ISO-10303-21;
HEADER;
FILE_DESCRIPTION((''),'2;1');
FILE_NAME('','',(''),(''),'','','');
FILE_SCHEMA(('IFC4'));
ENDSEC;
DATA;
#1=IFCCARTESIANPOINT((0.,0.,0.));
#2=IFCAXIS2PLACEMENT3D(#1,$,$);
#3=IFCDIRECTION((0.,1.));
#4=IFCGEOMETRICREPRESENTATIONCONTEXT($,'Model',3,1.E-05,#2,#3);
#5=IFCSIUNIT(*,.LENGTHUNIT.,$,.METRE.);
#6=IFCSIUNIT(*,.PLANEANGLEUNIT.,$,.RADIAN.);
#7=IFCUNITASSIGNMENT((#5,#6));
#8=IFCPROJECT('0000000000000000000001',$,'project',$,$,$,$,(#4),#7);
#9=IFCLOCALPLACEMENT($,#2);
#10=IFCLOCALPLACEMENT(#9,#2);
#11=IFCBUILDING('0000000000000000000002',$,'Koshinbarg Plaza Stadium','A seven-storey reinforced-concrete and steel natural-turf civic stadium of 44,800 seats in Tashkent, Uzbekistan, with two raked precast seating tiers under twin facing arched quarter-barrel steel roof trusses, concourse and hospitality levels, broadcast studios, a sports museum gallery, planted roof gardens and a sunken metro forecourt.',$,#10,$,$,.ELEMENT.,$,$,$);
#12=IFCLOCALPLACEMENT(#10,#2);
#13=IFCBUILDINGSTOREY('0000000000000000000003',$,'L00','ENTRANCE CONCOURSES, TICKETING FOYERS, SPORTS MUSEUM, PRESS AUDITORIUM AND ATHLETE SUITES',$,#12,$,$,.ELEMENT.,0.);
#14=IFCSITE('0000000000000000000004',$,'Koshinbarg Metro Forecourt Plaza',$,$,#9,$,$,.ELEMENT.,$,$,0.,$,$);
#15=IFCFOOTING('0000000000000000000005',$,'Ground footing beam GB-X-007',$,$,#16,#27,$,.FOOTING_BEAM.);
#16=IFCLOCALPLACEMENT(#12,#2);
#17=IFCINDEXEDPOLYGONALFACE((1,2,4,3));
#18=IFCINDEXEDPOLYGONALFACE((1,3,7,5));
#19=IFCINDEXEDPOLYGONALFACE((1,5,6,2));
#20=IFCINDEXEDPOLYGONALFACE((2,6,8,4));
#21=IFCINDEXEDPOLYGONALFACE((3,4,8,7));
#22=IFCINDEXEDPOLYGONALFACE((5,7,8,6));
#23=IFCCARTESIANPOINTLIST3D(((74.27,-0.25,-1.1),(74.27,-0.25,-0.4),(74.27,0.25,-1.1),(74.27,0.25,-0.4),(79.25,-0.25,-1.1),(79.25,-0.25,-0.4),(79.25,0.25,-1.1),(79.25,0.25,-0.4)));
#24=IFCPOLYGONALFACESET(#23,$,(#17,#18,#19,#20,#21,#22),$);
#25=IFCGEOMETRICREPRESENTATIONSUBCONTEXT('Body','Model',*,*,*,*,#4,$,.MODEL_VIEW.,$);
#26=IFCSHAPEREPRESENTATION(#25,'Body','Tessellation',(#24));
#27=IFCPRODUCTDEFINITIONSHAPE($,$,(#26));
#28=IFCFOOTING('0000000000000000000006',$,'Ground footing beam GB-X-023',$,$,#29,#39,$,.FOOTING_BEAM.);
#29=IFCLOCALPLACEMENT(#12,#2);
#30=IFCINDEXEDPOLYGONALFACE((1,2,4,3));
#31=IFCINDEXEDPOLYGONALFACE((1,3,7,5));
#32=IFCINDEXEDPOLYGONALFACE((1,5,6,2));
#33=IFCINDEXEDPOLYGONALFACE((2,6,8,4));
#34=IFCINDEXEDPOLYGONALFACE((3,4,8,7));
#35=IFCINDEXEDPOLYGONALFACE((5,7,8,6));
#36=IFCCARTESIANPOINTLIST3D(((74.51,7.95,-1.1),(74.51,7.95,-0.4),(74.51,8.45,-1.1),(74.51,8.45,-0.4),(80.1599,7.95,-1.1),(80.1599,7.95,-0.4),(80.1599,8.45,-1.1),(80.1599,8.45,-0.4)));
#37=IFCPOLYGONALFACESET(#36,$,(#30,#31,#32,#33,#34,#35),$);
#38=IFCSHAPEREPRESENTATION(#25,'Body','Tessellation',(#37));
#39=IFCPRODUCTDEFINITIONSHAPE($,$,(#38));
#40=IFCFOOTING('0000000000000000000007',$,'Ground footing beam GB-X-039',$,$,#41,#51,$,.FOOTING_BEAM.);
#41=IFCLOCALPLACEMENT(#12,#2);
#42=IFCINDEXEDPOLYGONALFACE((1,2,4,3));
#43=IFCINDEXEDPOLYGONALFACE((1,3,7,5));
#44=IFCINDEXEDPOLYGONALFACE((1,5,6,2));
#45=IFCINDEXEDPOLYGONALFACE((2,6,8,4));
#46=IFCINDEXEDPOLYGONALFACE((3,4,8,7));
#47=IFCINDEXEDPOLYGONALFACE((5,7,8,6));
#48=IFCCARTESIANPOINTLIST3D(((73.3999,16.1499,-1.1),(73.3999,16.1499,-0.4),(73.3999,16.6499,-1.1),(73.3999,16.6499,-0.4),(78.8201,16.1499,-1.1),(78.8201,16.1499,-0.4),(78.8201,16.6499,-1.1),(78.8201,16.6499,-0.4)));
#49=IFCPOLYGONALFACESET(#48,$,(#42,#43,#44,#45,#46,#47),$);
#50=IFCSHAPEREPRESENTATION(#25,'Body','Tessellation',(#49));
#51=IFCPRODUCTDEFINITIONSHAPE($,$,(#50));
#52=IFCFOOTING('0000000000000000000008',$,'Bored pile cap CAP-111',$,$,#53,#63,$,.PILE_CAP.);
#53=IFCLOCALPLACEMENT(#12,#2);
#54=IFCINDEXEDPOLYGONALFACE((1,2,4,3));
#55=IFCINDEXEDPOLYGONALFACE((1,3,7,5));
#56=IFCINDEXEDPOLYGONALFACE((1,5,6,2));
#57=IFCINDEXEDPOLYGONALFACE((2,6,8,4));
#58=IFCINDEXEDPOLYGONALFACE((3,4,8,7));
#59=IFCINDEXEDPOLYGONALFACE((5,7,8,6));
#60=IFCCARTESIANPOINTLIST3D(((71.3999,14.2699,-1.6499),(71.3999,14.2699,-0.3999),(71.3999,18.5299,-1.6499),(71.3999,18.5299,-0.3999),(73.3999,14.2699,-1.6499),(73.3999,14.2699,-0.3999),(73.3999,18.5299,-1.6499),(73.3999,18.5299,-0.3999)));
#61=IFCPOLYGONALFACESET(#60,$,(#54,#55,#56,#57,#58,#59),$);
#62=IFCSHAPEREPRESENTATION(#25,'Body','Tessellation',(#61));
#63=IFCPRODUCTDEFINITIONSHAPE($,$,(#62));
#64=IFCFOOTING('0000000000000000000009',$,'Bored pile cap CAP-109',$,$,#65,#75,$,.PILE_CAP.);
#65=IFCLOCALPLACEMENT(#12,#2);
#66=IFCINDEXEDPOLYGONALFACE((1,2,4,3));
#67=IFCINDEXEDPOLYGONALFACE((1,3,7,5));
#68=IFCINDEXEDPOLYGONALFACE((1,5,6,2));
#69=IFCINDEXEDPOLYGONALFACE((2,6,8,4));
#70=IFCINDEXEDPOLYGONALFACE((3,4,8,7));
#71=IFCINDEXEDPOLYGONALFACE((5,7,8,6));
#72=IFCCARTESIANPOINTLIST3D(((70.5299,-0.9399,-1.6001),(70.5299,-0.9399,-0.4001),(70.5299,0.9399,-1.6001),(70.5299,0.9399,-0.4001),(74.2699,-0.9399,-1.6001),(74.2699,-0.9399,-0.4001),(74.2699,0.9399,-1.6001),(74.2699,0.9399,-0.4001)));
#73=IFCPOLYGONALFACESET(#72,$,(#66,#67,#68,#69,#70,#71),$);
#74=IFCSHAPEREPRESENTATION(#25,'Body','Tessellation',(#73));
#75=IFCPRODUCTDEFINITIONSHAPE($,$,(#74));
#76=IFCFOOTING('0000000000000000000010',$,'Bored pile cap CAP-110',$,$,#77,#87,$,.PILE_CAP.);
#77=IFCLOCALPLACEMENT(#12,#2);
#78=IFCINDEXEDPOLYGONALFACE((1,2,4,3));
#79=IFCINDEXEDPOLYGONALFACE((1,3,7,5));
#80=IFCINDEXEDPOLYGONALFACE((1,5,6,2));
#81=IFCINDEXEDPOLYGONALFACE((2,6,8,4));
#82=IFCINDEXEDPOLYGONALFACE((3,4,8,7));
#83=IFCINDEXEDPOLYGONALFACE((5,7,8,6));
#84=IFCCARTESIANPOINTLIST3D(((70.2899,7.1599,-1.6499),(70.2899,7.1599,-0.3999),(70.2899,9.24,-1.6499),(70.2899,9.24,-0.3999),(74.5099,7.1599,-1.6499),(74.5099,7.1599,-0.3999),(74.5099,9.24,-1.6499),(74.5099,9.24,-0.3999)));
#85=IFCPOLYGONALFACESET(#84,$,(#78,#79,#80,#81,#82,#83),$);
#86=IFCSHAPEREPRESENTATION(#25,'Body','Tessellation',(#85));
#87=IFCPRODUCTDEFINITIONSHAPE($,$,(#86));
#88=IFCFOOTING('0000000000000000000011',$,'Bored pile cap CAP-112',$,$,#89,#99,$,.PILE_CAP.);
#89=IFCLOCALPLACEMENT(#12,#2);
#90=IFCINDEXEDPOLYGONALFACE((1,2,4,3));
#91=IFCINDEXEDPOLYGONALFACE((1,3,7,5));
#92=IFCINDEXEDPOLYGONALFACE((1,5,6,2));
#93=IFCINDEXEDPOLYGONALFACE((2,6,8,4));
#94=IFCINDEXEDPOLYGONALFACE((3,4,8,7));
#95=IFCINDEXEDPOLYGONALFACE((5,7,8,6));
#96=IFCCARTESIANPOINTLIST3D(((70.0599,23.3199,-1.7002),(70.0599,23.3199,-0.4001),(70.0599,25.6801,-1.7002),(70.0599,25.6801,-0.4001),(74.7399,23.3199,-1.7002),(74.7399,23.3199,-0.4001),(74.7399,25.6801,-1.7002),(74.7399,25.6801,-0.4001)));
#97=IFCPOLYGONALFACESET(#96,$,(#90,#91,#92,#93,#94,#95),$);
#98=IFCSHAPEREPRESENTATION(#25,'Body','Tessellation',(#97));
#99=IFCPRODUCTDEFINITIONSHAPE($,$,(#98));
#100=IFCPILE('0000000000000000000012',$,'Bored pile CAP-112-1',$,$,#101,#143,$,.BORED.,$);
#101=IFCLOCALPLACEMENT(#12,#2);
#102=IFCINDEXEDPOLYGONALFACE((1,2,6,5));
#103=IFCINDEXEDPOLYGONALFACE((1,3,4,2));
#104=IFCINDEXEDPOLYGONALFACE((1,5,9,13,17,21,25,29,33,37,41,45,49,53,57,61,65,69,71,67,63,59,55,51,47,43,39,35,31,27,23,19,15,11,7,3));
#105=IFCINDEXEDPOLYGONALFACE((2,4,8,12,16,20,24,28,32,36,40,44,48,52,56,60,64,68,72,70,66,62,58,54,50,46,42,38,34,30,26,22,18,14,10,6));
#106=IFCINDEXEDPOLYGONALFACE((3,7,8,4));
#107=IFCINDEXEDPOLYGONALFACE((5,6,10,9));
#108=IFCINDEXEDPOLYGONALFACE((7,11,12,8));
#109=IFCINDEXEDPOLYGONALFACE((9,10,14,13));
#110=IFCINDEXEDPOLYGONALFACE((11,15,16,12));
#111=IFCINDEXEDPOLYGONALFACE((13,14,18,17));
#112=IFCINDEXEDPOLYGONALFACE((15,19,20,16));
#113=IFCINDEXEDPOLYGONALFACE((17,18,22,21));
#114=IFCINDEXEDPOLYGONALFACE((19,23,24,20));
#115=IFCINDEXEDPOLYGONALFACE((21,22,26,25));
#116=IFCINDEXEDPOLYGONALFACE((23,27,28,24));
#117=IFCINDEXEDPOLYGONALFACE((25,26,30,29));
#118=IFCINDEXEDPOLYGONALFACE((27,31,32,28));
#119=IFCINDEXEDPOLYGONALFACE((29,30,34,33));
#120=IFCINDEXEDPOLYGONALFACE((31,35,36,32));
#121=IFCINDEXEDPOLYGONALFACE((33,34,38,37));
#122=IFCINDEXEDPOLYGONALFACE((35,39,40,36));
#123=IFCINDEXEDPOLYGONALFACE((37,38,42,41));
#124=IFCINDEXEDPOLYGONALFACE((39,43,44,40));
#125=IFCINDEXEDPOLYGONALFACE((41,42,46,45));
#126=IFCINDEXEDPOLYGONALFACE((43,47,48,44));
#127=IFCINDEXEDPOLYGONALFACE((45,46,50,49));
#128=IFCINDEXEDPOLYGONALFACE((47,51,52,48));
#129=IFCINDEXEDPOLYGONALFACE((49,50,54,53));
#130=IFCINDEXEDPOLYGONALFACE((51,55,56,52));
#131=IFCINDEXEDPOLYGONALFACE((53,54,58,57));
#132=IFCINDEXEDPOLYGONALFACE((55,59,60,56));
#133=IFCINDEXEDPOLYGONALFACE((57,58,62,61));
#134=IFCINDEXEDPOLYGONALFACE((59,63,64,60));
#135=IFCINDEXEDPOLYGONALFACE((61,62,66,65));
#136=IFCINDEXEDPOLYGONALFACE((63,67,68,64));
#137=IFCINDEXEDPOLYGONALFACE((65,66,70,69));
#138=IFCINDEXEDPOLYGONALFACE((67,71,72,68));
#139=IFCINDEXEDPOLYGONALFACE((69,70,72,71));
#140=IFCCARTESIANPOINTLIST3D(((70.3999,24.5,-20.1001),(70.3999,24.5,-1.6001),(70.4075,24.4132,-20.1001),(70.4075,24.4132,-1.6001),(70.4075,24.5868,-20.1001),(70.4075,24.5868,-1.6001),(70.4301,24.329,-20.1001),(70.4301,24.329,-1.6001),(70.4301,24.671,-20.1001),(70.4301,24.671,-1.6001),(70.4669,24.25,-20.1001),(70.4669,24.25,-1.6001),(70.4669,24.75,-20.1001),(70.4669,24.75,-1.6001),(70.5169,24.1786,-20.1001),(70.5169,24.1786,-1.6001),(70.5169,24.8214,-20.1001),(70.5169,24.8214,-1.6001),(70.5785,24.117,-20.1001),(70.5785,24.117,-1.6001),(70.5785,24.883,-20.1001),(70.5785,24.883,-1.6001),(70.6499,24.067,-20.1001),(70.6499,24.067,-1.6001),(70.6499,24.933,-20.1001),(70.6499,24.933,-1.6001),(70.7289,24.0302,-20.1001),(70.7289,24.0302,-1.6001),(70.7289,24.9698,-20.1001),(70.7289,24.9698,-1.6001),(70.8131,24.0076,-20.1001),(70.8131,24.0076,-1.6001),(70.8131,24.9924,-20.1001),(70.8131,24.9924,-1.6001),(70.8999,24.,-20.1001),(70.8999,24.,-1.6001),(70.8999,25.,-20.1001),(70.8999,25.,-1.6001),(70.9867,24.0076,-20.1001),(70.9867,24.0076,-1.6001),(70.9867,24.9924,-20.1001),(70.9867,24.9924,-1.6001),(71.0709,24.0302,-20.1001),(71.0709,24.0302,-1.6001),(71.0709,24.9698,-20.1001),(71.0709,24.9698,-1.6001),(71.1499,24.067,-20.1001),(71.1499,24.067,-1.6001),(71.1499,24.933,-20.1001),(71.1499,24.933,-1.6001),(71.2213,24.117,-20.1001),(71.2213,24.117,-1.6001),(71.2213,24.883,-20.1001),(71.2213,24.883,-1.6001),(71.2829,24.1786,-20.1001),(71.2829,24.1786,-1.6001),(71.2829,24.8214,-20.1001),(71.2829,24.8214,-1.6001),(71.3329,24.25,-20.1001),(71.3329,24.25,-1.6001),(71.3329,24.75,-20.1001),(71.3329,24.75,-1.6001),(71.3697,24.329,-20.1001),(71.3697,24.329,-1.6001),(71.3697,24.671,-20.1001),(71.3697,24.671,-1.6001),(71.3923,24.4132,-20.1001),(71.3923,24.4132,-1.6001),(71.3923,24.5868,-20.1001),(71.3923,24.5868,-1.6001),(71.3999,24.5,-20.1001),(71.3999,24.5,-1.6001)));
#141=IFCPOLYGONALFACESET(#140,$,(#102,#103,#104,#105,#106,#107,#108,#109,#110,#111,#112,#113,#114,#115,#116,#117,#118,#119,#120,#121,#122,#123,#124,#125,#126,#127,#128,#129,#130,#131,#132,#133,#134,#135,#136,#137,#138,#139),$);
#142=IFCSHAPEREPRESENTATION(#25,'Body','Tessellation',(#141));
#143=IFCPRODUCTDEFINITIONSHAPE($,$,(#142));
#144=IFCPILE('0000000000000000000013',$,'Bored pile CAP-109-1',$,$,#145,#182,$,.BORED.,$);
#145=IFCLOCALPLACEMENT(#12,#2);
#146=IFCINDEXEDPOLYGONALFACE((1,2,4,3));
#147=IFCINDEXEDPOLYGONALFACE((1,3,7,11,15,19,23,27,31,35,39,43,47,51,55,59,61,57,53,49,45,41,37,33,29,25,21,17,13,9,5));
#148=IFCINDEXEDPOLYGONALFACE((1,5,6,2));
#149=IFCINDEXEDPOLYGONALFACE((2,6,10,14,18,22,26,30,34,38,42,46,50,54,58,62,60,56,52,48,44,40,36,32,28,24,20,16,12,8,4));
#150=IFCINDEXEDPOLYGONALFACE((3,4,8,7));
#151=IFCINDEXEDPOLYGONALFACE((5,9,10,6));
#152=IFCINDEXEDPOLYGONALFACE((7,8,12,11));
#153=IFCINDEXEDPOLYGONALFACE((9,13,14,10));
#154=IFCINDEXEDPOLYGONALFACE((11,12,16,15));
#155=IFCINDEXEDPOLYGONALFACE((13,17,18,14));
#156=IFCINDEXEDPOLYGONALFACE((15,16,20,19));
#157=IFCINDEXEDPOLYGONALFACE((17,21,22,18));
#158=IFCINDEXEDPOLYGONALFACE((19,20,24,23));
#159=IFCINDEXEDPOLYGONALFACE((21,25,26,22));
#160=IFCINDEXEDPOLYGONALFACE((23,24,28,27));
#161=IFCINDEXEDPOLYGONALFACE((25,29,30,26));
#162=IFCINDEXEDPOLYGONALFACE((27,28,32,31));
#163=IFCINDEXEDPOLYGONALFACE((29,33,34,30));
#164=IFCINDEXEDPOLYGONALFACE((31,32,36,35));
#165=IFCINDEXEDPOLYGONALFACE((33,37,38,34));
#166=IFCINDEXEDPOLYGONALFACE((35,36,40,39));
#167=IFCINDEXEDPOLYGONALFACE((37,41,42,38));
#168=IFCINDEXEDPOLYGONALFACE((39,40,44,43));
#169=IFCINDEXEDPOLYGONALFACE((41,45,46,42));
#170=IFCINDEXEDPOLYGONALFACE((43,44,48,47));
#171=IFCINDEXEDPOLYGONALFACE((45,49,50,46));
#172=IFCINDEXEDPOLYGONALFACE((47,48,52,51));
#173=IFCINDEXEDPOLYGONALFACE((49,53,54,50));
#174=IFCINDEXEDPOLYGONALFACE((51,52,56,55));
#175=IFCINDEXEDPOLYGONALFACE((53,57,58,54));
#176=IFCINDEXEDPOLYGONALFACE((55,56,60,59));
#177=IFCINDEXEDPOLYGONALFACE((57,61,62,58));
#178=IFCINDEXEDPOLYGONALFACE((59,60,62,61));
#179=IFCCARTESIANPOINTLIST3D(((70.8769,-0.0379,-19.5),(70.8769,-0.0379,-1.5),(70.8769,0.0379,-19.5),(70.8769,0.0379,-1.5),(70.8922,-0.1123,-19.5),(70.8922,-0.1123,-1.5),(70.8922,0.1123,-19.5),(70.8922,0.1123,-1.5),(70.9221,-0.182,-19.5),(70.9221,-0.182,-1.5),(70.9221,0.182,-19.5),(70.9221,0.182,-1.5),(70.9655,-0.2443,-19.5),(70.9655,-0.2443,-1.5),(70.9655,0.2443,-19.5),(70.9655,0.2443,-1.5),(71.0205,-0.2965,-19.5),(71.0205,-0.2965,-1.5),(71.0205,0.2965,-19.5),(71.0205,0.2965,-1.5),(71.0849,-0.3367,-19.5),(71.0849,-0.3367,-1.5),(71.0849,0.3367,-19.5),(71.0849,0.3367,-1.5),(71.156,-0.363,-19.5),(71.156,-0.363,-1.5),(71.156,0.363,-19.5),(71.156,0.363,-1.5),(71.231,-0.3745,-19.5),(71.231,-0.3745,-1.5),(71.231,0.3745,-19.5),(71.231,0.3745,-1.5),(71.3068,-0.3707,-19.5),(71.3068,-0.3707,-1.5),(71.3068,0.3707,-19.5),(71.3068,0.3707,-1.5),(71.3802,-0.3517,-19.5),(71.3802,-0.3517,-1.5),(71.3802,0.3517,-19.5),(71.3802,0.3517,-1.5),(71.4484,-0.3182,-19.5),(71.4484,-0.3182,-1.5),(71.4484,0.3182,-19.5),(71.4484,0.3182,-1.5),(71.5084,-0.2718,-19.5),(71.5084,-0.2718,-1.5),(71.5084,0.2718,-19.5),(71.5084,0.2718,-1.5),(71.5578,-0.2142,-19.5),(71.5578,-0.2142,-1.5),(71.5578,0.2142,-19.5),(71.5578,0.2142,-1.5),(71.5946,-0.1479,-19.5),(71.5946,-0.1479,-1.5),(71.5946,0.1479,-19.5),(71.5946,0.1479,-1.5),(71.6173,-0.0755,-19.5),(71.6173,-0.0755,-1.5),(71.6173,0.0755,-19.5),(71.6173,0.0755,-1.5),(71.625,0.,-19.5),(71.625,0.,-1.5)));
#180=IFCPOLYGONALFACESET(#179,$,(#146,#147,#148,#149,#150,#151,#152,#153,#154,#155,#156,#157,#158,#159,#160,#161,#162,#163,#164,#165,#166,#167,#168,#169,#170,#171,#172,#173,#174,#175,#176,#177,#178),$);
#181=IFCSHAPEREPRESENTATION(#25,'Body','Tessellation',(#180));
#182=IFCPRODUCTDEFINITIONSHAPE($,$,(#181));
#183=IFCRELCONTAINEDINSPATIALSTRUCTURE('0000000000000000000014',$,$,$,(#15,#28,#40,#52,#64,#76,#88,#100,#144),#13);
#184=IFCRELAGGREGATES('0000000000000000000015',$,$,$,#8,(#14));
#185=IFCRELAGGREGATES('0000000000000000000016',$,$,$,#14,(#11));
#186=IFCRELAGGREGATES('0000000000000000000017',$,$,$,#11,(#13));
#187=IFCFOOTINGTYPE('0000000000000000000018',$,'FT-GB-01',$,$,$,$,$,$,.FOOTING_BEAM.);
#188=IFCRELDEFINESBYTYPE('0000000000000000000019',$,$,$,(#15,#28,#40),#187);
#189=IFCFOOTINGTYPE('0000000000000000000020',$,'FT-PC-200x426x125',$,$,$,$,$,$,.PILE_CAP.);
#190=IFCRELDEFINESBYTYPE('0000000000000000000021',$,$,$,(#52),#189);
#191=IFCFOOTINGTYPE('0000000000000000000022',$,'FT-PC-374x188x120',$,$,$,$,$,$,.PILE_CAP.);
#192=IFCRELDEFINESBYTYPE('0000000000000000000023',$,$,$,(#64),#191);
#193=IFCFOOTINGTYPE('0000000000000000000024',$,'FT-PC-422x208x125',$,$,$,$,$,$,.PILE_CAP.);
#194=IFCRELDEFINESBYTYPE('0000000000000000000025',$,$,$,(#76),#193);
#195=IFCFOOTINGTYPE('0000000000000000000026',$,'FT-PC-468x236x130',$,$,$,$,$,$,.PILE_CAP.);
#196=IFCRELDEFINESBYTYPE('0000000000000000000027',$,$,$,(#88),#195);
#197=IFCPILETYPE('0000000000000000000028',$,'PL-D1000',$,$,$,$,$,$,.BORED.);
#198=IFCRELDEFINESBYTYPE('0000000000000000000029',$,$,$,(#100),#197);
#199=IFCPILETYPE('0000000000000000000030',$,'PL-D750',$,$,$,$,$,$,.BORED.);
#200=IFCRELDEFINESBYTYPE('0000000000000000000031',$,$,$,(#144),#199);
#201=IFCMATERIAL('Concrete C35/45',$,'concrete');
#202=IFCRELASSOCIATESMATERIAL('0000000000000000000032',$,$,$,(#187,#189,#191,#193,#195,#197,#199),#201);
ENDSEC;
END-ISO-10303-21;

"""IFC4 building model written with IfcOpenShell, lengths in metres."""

from ifc_helpers import new_model, si_unit, direction, frame, origin, origin_2d, place, context, subcontext, project, spatial, rectangle, circle, extrude, material, material_profile, profile_set, type_object, element, save


model = new_model("IFC4")

# Units and contexts
model_context = context("Model", 3, precision=1e-05, world=origin(), true_north=direction((0.0, 1.0)))
body_context = subcontext(model_context, "Body", "Model", "MODEL_VIEW")
ifc_project = project(units=[si_unit("LENGTHUNIT", "METRE"), si_unit("PLANEANGLEUNIT", "RADIAN")], contexts=[model_context])

# Site, building, storey
site_placement = place(None, origin())
site = spatial("IfcSite", under=ifc_project, at=site_placement, Name="Koshinbarg Metro Forecourt Plaza", CompositionType="ELEMENT", RefElevation=0.0)
building_placement = place(site_placement, origin())
building = spatial("IfcBuilding", under=site, at=building_placement, Name="Koshinbarg Plaza Stadium", Description="A seven-storey reinforced-concrete and steel natural-turf civic stadium of 44,800 seats in Tashkent, Uzbekistan, with two raked precast seating tiers under twin facing arched quarter-barrel steel roof trusses, concourse and hospitality levels, broadcast studios, a sports museum gallery, planted roof gardens and a sunken metro forecourt.", CompositionType="ELEMENT")
storey_placement = place(building_placement, origin())
storey = spatial("IfcBuildingStorey", under=building, at=storey_placement, Name="L00", Description="ENTRANCE CONCOURSES, TICKETING FOYERS, SPORTS MUSEUM, PRESS AUDITORIUM AND ATHLETE SUITES", CompositionType="ELEMENT", Elevation=0.0)

# Footings
ifc_material_1 = material(Name="Concrete C35/45", Category="concrete")
ifc_material_profile_1 = material_profile(ifc_material_1, rectangle(XDim=0.5, YDim=0.7, at=origin_2d()), Name="GB 500x700")
ifc_profile_set_1 = profile_set([ifc_material_profile_1], Name="Concrete C35/45")
footing_type_1 = type_object("IfcFootingType", Name="FT-GB-01", PredefinedType="FOOTING_BEAM", material=ifc_profile_set_1)
footing_1_placement = place(storey_placement, frame((74.27, 0.0, -0.75), z_axis=(1.0, 0.0, 0.0), x_axis=(0.0, 1.0, 0.0)))
element("IfcFooting", 1, at=footing_1_placement, inside=storey, type_object=footing_type_1, Name="Ground footing beam GB-X-007", PredefinedType="FOOTING_BEAM", context=body_context, shape_type="SweptSolid", body=[
    extrude(rectangle(XDim=0.5, YDim=0.7, at=origin_2d()), origin(), (0.0, 0.0, 1.0), 4.98),
])
footing_2_placement = place(storey_placement, frame((74.51, 8.2, -0.75), z_axis=(1.0, 0.0, 0.0), x_axis=(0.0, 1.0, 0.0)))
element("IfcFooting", 2, at=footing_2_placement, inside=storey, type_object=footing_type_1, Name="Ground footing beam GB-X-023", PredefinedType="FOOTING_BEAM", context=body_context, shape_type="SweptSolid", body=[
    extrude(rectangle(XDim=0.5, YDim=0.7, at=origin_2d()), origin(), (0.0, 0.0, 1.0), 5.6499),
])
footing_3_placement = place(storey_placement, frame((73.3999, 16.3999, -0.75), z_axis=(1.0, 0.0, 0.0), x_axis=(0.0, 1.0, 0.0)))
element("IfcFooting", 3, at=footing_3_placement, inside=storey, type_object=footing_type_1, Name="Ground footing beam GB-X-039", PredefinedType="FOOTING_BEAM", context=body_context, shape_type="SweptSolid", body=[
    extrude(rectangle(XDim=0.5, YDim=0.7, at=origin_2d()), origin(), (0.0, 0.0, 1.0), 5.4202),
])
footing_type_2 = type_object("IfcFootingType", Name="FT-PC-200x426x125", PredefinedType="PILE_CAP", material=ifc_material_1)
footing_4_placement = place(storey_placement, frame((72.3999, 16.3999, -1.6499), z_axis=(0.0, 0.0, 1.0), x_axis=(1.0, 0.0, 0.0)))
element("IfcFooting", 4, at=footing_4_placement, inside=storey, type_object=footing_type_2, Name="Bored pile cap CAP-111", PredefinedType="PILE_CAP", context=body_context, shape_type="SweptSolid", body=[
    extrude(rectangle(XDim=2.0, YDim=4.26, at=origin_2d()), origin(), (0.0, 0.0, 1.0), 1.25),
])
footing_type_3 = type_object("IfcFootingType", Name="FT-PC-374x188x120", PredefinedType="PILE_CAP", material=ifc_material_1)
footing_5_placement = place(storey_placement, frame((72.3999, 0.0, -1.6001), z_axis=(0.0, 0.0, 1.0), x_axis=(1.0, 0.0, 0.0)))
element("IfcFooting", 5, at=footing_5_placement, inside=storey, type_object=footing_type_3, Name="Bored pile cap CAP-109", PredefinedType="PILE_CAP", context=body_context, shape_type="SweptSolid", body=[
    extrude(rectangle(XDim=3.74, YDim=1.8799, at=origin_2d()), origin(), (0.0, 0.0, 1.0), 1.2),
])
footing_type_4 = type_object("IfcFootingType", Name="FT-PC-422x208x125", PredefinedType="PILE_CAP", material=ifc_material_1)
footing_6_placement = place(storey_placement, frame((72.3999, 8.2, -1.6499), z_axis=(0.0, 0.0, 1.0), x_axis=(1.0, 0.0, 0.0)))
element("IfcFooting", 6, at=footing_6_placement, inside=storey, type_object=footing_type_4, Name="Bored pile cap CAP-110", PredefinedType="PILE_CAP", context=body_context, shape_type="SweptSolid", body=[
    extrude(rectangle(XDim=4.22, YDim=2.0801, at=origin_2d()), origin(), (0.0, 0.0, 1.0), 1.25),
])
footing_type_5 = type_object("IfcFootingType", Name="FT-PC-468x236x130", PredefinedType="PILE_CAP", material=ifc_material_1)
footing_7_placement = place(storey_placement, frame((72.3999, 24.5, -1.7002), z_axis=(0.0, 0.0, 1.0), x_axis=(1.0, 0.0, 0.0)))
element("IfcFooting", 7, at=footing_7_placement, inside=storey, type_object=footing_type_5, Name="Bored pile cap CAP-112", PredefinedType="PILE_CAP", context=body_context, shape_type="SweptSolid", body=[
    extrude(rectangle(XDim=4.6799, YDim=2.3601, at=origin_2d()), origin(), (0.0, 0.0, 1.0), 1.3),
])

# Piles
ifc_material_profile_2 = material_profile(ifc_material_1, circle(Radius=0.5, at=origin_2d()), Name="PILE D1000")
ifc_profile_set_2 = profile_set([ifc_material_profile_2], Name="Concrete C35/45")
pile_type_1 = type_object("IfcPileType", Name="PL-D1000", PredefinedType="BORED", material=ifc_profile_set_2)
pile_placement = place(storey_placement, frame((70.8999, 24.5, -1.6001), z_axis=(0.0, 0.0, -1.0), x_axis=(1.0, 0.0, 0.0)))
element("IfcPile", 8, at=pile_placement, inside=storey, type_object=pile_type_1, Name="Bored pile CAP-112-1", PredefinedType="BORED", context=body_context, shape_type="SweptSolid", body=[
    extrude(circle(Radius=0.5, at=origin_2d()), origin(), (0.0, 0.0, 1.0), 18.5),
])
ifc_material_profile_3 = material_profile(ifc_material_1, circle(Radius=0.375, at=origin_2d()), Name="PILE D750")
ifc_profile_set_3 = profile_set([ifc_material_profile_3], Name="Concrete C35/45")
pile_type_2 = type_object("IfcPileType", Name="PL-D750", PredefinedType="BORED", material=ifc_profile_set_3)
for number, where, z_axis, x_axis, name in (
    (9, (71.25, 0.0, -1.5), (0.0, 0.0, -1.0), (1.0, 0.0, 0.0), "Bored pile CAP-109-1"),
):
    element("IfcPile", number, at=place(storey_placement, frame(where, z_axis=z_axis, x_axis=x_axis)), inside=storey, type_object=pile_type_2, Name=name, PredefinedType="BORED", context=body_context, shape_type="SweptSolid", body=[
        extrude(circle(Radius=0.375, at=origin_2d()), origin(), (0.0, 0.0, 1.0), 18.0),
    ])

save(model, "model.ifc")
